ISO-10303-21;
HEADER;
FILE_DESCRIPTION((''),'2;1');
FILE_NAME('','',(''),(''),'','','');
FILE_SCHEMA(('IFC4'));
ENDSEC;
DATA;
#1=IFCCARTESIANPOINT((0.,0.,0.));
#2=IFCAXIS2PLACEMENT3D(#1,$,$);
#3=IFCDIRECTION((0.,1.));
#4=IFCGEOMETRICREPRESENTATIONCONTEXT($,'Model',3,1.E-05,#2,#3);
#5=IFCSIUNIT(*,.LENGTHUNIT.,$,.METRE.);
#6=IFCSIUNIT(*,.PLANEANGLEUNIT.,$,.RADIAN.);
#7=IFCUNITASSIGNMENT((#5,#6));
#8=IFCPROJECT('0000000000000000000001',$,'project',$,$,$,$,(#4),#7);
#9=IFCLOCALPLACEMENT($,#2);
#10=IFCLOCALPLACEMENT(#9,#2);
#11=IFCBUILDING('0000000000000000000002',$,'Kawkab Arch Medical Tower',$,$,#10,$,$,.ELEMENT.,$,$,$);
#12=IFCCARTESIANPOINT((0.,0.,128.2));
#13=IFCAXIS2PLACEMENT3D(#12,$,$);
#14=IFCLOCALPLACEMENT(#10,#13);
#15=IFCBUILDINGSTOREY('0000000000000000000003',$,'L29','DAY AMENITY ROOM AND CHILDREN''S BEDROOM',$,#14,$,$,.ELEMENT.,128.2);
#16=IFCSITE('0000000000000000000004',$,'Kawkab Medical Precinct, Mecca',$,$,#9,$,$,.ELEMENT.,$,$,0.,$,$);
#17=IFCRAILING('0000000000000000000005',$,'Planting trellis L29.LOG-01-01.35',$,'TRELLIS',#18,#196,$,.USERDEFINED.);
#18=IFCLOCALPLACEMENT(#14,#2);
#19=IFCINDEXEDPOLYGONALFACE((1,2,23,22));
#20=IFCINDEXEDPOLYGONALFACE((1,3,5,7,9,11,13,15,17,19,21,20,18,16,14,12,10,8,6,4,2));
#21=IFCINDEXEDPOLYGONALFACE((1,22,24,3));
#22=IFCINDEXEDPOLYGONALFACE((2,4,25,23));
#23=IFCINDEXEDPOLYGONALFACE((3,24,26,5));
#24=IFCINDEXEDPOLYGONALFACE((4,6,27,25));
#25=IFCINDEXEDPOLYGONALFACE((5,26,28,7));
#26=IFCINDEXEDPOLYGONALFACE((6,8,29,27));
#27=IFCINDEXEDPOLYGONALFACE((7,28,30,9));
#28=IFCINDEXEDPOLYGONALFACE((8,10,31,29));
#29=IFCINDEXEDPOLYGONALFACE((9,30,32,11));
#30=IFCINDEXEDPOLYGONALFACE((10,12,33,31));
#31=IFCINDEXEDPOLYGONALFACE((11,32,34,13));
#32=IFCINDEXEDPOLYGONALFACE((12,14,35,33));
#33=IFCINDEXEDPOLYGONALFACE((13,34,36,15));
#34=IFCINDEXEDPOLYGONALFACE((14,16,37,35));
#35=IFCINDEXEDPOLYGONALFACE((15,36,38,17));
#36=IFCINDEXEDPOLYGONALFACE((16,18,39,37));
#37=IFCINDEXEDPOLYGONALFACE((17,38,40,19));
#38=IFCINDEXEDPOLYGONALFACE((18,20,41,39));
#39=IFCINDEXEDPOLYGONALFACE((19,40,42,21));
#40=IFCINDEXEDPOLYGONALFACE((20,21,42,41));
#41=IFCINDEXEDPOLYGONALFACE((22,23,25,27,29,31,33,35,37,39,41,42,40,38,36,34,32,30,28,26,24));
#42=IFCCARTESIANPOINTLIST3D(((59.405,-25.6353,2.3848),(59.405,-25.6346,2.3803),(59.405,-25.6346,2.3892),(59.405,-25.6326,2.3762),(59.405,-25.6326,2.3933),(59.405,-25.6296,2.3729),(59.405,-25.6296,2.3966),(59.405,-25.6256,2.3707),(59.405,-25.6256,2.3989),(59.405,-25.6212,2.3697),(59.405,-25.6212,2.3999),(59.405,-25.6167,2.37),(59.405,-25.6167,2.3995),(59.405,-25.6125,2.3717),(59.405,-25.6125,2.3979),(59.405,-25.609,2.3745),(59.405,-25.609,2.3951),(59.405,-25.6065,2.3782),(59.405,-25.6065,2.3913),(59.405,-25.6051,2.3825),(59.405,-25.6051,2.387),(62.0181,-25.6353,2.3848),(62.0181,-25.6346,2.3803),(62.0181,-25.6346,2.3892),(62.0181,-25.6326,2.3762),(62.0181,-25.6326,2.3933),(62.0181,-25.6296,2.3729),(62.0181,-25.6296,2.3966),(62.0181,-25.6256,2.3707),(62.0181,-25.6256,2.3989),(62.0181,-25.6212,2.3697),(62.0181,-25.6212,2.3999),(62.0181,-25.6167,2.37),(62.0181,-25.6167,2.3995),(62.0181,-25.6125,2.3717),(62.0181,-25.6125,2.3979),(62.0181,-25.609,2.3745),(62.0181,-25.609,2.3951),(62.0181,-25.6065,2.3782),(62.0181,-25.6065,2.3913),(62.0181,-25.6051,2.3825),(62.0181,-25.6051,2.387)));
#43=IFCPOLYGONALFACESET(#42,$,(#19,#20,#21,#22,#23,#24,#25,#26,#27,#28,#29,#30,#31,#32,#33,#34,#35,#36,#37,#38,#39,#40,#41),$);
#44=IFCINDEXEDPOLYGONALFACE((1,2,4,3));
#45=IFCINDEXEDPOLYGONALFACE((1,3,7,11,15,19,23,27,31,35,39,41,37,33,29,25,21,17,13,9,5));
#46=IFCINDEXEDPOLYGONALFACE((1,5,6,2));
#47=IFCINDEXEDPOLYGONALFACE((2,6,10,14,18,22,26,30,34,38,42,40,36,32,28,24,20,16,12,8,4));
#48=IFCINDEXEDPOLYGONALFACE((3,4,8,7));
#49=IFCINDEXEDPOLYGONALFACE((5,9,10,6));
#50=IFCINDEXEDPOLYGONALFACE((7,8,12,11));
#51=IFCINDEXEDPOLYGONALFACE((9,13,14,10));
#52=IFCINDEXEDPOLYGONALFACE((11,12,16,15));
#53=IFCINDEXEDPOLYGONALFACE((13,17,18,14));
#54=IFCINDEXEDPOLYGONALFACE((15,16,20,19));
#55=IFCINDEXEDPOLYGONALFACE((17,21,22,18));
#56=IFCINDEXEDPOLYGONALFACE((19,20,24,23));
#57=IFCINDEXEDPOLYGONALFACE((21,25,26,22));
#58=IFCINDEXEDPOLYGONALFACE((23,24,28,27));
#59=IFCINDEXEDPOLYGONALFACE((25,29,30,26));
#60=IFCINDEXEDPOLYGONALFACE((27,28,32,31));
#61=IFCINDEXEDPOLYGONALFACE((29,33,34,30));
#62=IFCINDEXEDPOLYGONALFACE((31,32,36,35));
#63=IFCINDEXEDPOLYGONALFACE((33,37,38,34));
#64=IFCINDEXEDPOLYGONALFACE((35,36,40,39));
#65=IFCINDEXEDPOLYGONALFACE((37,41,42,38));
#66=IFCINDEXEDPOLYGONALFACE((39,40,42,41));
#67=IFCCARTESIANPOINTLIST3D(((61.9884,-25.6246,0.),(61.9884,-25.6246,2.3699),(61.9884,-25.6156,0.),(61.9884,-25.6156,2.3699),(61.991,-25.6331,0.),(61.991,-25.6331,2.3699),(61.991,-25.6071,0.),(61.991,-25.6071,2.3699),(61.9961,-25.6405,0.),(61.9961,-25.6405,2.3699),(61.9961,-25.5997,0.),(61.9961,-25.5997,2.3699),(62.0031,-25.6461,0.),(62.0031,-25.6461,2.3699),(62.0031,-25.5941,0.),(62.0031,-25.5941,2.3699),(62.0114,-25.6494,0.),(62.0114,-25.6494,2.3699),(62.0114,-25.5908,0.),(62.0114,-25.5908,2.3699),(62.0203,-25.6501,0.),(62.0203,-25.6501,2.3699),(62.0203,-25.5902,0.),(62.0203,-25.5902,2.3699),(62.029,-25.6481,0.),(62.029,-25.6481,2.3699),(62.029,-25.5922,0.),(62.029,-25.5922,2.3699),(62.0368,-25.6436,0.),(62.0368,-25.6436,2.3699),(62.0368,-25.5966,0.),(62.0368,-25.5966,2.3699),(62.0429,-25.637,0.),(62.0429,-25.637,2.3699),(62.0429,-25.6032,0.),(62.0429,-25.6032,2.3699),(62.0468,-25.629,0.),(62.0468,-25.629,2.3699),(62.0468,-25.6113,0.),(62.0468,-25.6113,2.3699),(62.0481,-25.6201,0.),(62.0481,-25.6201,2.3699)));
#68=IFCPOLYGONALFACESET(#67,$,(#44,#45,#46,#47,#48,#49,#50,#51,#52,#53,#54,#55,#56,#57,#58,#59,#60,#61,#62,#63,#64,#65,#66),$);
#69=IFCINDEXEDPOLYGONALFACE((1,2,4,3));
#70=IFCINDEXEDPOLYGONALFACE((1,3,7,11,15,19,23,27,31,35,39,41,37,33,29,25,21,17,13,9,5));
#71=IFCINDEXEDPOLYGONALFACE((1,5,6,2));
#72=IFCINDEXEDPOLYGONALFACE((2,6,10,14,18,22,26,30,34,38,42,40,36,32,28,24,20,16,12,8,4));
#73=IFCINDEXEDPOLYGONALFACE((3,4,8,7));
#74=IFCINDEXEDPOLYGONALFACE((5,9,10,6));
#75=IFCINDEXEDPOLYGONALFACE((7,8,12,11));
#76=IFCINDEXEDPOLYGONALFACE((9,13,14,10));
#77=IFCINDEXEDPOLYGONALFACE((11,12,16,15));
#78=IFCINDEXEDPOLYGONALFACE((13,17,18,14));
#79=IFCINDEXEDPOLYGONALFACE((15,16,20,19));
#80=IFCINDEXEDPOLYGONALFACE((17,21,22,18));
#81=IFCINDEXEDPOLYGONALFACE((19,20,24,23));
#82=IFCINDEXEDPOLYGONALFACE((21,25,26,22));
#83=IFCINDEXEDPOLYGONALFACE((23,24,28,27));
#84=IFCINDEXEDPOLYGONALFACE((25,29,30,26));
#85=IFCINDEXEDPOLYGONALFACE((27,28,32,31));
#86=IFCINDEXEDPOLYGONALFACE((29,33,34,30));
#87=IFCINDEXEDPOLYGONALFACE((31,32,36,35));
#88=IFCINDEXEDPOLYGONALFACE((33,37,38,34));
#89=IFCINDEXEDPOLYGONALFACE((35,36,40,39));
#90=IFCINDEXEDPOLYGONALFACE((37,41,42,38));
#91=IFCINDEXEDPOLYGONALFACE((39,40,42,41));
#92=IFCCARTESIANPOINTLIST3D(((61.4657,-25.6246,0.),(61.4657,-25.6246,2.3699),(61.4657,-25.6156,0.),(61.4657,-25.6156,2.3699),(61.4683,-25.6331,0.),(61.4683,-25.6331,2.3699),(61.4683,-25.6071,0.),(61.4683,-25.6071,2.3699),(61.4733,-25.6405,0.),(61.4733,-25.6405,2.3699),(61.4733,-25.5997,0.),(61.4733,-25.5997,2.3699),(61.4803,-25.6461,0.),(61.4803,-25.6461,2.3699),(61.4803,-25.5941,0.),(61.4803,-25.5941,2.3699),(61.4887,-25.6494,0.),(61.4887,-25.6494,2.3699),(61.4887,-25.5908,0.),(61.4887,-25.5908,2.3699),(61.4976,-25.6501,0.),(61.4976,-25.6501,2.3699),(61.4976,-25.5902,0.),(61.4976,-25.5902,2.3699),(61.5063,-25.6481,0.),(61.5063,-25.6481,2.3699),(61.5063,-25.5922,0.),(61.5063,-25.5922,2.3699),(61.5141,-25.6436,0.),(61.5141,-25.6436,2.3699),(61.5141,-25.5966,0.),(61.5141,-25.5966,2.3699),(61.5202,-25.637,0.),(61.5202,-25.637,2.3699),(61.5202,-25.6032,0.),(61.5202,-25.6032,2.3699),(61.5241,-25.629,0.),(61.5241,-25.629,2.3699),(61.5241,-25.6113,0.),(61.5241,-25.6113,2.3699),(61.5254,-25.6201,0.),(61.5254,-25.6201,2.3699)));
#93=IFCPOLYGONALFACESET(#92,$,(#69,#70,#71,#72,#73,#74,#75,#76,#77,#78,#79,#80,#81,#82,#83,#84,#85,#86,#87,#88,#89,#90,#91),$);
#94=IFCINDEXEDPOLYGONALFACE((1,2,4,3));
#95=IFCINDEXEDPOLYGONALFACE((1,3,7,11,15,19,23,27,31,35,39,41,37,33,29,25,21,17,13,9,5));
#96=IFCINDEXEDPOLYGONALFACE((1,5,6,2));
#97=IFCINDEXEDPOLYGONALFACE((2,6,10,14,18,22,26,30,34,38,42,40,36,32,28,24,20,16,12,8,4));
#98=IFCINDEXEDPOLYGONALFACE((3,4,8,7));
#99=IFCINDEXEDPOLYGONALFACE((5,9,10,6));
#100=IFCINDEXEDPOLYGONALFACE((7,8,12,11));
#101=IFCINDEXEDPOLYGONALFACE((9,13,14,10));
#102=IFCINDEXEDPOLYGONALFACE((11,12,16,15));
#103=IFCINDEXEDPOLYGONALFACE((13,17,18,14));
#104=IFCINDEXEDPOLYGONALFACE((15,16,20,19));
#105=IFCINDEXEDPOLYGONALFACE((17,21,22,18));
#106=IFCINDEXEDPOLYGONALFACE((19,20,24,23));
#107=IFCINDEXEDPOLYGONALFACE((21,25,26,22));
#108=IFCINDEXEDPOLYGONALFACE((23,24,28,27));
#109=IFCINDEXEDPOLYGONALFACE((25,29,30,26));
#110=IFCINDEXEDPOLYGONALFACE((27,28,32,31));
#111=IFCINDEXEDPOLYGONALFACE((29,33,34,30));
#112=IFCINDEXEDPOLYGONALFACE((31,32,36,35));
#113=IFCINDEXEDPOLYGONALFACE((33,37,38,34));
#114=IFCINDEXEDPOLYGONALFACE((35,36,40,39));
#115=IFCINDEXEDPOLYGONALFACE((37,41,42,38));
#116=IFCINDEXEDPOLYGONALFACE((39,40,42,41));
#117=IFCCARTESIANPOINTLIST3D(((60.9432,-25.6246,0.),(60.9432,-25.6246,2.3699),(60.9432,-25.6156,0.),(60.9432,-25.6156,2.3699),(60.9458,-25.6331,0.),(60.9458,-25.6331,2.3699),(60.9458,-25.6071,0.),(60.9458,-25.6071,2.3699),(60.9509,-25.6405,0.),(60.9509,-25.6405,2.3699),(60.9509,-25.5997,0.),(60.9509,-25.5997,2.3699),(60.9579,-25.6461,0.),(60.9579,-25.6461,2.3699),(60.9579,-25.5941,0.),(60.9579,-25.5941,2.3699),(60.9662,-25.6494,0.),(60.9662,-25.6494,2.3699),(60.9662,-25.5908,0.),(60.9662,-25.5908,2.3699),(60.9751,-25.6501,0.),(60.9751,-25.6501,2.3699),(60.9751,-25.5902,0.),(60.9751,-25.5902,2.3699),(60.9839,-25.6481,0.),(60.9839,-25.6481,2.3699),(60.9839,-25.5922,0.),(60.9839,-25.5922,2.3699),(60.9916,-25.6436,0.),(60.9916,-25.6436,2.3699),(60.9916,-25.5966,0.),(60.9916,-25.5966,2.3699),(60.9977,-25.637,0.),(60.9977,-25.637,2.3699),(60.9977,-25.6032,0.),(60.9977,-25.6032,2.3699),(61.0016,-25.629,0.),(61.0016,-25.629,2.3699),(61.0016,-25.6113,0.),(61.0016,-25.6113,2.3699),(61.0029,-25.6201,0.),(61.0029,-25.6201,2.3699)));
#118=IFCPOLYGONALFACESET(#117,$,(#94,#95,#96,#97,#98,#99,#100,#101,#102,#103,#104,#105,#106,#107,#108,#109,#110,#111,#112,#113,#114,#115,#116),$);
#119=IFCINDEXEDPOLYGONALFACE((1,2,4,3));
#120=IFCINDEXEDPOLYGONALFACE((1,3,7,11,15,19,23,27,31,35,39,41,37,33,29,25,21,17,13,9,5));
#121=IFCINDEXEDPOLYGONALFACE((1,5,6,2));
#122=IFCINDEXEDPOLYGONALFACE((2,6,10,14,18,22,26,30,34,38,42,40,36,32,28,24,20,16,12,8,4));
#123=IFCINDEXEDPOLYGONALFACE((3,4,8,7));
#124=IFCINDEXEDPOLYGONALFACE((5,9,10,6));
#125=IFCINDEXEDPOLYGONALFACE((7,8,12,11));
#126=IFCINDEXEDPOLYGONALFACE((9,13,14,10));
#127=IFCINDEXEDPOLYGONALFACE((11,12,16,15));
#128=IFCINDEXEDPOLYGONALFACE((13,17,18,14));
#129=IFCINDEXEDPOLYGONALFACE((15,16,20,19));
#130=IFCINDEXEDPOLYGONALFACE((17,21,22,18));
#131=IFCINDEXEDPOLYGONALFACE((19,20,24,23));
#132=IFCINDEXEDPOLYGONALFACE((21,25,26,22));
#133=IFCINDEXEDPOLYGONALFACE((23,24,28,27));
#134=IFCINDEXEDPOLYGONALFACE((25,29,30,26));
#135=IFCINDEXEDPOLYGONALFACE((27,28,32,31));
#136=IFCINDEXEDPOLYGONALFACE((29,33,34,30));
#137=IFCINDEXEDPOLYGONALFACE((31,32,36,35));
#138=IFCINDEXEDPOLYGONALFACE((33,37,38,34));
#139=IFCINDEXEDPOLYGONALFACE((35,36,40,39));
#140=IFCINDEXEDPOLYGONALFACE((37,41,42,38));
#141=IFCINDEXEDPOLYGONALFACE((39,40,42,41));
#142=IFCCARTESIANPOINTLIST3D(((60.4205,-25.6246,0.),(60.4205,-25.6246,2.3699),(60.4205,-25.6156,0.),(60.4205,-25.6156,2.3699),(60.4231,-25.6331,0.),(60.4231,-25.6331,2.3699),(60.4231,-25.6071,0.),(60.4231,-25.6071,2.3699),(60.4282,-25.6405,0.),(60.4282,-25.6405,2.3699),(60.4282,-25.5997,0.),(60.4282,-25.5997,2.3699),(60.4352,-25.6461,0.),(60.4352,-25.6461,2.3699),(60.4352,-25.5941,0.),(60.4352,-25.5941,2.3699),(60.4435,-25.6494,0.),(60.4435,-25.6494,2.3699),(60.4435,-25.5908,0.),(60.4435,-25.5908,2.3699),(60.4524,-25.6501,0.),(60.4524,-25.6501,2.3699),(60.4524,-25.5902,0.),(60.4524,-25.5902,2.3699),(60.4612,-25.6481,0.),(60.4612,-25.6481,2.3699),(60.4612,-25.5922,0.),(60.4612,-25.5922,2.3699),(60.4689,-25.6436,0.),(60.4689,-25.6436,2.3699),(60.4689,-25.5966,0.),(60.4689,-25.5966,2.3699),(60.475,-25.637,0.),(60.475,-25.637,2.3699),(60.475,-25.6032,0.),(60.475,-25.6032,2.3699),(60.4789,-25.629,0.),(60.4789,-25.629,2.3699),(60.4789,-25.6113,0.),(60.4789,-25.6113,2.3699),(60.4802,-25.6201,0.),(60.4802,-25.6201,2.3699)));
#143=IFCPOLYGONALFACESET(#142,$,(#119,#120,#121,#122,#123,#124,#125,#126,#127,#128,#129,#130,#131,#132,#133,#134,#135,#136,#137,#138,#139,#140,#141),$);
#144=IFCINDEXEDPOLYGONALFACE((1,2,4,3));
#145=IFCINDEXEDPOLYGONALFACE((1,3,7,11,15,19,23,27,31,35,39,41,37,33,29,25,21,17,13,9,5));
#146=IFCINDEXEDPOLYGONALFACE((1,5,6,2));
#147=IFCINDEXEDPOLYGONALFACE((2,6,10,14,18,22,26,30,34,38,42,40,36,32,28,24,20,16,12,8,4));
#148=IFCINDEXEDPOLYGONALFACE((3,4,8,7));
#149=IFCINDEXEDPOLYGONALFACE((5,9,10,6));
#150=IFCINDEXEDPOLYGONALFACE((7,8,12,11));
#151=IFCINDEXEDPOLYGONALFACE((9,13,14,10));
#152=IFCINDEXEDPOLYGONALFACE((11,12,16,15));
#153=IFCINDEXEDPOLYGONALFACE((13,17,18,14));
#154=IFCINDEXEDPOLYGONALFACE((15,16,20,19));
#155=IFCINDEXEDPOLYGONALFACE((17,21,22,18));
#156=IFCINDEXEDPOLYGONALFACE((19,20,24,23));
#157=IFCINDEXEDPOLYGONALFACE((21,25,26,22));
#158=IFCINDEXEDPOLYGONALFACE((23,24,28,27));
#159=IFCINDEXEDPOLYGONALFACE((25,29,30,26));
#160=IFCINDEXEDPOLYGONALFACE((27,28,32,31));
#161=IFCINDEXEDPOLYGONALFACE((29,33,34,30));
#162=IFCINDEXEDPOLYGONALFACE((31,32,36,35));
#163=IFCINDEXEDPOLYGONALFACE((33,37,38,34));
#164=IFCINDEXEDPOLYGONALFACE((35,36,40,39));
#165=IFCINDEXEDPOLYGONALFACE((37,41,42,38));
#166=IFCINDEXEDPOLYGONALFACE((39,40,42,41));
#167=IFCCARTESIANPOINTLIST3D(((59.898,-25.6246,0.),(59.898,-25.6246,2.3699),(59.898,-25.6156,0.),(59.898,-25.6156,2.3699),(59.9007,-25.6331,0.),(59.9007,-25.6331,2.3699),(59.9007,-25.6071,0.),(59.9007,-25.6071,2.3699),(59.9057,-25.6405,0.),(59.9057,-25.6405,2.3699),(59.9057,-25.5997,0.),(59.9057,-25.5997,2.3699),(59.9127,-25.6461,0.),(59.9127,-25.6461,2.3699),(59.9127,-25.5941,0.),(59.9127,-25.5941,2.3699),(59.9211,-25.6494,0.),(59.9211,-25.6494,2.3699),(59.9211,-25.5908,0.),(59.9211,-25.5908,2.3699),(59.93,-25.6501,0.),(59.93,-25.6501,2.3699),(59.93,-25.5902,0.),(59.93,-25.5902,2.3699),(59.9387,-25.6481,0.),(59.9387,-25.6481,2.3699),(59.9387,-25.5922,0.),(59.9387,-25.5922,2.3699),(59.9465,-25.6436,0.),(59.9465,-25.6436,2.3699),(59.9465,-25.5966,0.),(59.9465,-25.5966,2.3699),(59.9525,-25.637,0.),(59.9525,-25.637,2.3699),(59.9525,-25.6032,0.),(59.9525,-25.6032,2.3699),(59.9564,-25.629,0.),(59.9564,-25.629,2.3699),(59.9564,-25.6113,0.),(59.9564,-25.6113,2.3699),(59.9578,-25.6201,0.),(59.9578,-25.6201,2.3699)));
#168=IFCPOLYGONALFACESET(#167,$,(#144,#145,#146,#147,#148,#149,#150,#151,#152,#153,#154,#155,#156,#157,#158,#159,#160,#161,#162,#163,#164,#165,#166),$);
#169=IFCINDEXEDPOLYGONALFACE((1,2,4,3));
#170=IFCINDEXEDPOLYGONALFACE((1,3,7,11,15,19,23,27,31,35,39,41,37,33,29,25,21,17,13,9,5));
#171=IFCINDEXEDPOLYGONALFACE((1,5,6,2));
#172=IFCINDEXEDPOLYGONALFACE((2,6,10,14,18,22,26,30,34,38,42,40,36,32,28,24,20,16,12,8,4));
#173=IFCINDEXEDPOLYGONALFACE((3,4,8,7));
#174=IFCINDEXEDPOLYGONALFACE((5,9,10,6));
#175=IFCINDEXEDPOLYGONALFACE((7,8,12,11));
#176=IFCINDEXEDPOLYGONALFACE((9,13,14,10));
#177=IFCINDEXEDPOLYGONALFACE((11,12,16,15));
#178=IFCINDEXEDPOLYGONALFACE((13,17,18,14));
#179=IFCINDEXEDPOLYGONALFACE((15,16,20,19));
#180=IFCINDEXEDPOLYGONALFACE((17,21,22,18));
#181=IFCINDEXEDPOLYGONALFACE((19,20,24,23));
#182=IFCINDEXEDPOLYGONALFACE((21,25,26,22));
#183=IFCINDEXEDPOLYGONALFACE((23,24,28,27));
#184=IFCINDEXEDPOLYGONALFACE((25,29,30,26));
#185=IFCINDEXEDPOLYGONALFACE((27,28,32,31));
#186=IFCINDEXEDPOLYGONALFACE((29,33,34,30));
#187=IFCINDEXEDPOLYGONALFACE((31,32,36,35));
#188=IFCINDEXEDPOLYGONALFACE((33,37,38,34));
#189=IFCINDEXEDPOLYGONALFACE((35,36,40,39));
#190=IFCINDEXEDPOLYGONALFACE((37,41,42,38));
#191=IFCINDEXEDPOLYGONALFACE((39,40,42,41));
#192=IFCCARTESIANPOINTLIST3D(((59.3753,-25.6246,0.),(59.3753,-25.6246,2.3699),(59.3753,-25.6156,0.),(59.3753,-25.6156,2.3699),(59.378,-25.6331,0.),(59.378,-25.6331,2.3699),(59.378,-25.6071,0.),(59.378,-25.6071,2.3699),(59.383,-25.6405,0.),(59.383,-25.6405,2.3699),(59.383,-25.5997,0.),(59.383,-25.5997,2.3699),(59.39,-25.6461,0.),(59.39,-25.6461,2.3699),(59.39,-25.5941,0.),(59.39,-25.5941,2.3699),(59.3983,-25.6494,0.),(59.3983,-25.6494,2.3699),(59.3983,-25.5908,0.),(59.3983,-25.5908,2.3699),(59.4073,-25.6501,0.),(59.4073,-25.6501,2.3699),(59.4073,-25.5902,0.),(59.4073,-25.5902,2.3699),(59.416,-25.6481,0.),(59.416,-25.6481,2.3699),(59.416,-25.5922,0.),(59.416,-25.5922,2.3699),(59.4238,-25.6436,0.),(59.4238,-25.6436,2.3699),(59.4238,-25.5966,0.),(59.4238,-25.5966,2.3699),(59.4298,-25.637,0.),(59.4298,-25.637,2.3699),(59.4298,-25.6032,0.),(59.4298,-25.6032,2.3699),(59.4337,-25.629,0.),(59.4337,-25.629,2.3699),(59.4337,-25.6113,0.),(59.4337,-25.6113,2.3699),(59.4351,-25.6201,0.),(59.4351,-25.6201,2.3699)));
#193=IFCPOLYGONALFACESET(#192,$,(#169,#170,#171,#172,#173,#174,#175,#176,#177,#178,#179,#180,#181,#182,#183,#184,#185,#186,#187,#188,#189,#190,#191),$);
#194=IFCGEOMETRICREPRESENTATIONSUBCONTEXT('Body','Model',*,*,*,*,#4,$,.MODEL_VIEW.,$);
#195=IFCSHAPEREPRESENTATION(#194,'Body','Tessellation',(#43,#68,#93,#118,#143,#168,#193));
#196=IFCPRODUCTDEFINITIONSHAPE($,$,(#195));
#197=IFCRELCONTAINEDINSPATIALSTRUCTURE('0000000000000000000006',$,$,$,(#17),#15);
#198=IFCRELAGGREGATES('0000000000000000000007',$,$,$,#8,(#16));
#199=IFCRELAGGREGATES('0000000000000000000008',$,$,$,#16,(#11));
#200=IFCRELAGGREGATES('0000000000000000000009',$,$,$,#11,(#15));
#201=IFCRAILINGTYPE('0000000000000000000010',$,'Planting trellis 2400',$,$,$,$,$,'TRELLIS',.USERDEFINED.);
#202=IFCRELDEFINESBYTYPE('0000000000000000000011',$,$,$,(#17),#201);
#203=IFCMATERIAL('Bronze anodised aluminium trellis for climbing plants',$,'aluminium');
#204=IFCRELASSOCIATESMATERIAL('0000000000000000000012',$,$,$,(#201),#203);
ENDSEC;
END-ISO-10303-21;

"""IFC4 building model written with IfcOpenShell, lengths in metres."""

from ifc_helpers import new_model, si_unit, direction, frame, origin, origin_2d, place, context, subcontext, project, spatial, circle, extrude, material, type_object, element, save


model = new_model("IFC4")

# Units and contexts
model_context = context("Model", 3, precision=1e-05, world=origin(), true_north=direction((0.0, 1.0)))
body_context = subcontext(model_context, "Body", "Model", "MODEL_VIEW")
ifc_project = project(units=[si_unit("LENGTHUNIT", "METRE"), si_unit("PLANEANGLEUNIT", "RADIAN")], contexts=[model_context])

# Site, building, storey
site_placement = place(None, origin())
site = spatial("IfcSite", under=ifc_project, at=site_placement, Name="Kawkab Medical Precinct, Mecca", CompositionType="ELEMENT", RefElevation=0.0)
building_placement = place(site_placement, origin())
building = spatial("IfcBuilding", under=site, at=building_placement, Name="Kawkab Arch Medical Tower", CompositionType="ELEMENT")
storey_placement = place(building_placement, frame((0.0, 0.0, 128.2)))
storey = spatial("IfcBuildingStorey", under=building, at=storey_placement, Name="L29", Description="DAY AMENITY ROOM AND CHILDREN'S BEDROOM", CompositionType="ELEMENT", Elevation=128.2)

# Railing
ifc_material_1 = material(Name="Bronze anodised aluminium trellis for climbing plants", Category="aluminium")
railing_type = type_object("IfcRailingType", Name="Planting trellis 2400", ElementType="TRELLIS", PredefinedType="USERDEFINED", material=ifc_material_1)
railing_1_placement = place(storey_placement, frame((62.0181, -25.6201, 0.0)))
element("IfcRailing", 1, at=railing_1_placement, inside=storey, type_object=railing_type, Name="Planting trellis L29.LOG-01-01.35", ObjectType="TRELLIS", PredefinedType="USERDEFINED", context=body_context, shape_type="SweptSolid", body=[
    extrude(circle(Radius=0.0151, at=origin_2d()), frame((0.0, 0.0, 2.3848), z_axis=(-1.0, 0.0, 0.0), x_axis=(0.0, -1.0, 0.0)), (0.0, 0.0, 1.0), 2.613),
    extrude(circle(Radius=0.03, at=origin_2d()), origin(), (0.0, 0.0, 1.0), 2.3699),
    extrude(circle(Radius=0.03, at=origin_2d()), frame((-0.5227, 0.0, 0.0)), (0.0, 0.0, 1.0), 2.3699),
    extrude(circle(Radius=0.03, at=origin_2d()), frame((-1.0452, 0.0, 0.0)), (0.0, 0.0, 1.0), 2.3699),
    extrude(circle(Radius=0.03, at=origin_2d()), frame((-1.5679, 0.0, 0.0)), (0.0, 0.0, 1.0), 2.3699),
    extrude(circle(Radius=0.03, at=origin_2d()), frame((-2.0903, 0.0, 0.0)), (0.0, 0.0, 1.0), 2.3699),
    extrude(circle(Radius=0.03, at=origin_2d()), frame((-2.613, 0.0, 0.0)), (0.0, 0.0, 1.0), 2.3699),
])

save(model, "model.ifc")
